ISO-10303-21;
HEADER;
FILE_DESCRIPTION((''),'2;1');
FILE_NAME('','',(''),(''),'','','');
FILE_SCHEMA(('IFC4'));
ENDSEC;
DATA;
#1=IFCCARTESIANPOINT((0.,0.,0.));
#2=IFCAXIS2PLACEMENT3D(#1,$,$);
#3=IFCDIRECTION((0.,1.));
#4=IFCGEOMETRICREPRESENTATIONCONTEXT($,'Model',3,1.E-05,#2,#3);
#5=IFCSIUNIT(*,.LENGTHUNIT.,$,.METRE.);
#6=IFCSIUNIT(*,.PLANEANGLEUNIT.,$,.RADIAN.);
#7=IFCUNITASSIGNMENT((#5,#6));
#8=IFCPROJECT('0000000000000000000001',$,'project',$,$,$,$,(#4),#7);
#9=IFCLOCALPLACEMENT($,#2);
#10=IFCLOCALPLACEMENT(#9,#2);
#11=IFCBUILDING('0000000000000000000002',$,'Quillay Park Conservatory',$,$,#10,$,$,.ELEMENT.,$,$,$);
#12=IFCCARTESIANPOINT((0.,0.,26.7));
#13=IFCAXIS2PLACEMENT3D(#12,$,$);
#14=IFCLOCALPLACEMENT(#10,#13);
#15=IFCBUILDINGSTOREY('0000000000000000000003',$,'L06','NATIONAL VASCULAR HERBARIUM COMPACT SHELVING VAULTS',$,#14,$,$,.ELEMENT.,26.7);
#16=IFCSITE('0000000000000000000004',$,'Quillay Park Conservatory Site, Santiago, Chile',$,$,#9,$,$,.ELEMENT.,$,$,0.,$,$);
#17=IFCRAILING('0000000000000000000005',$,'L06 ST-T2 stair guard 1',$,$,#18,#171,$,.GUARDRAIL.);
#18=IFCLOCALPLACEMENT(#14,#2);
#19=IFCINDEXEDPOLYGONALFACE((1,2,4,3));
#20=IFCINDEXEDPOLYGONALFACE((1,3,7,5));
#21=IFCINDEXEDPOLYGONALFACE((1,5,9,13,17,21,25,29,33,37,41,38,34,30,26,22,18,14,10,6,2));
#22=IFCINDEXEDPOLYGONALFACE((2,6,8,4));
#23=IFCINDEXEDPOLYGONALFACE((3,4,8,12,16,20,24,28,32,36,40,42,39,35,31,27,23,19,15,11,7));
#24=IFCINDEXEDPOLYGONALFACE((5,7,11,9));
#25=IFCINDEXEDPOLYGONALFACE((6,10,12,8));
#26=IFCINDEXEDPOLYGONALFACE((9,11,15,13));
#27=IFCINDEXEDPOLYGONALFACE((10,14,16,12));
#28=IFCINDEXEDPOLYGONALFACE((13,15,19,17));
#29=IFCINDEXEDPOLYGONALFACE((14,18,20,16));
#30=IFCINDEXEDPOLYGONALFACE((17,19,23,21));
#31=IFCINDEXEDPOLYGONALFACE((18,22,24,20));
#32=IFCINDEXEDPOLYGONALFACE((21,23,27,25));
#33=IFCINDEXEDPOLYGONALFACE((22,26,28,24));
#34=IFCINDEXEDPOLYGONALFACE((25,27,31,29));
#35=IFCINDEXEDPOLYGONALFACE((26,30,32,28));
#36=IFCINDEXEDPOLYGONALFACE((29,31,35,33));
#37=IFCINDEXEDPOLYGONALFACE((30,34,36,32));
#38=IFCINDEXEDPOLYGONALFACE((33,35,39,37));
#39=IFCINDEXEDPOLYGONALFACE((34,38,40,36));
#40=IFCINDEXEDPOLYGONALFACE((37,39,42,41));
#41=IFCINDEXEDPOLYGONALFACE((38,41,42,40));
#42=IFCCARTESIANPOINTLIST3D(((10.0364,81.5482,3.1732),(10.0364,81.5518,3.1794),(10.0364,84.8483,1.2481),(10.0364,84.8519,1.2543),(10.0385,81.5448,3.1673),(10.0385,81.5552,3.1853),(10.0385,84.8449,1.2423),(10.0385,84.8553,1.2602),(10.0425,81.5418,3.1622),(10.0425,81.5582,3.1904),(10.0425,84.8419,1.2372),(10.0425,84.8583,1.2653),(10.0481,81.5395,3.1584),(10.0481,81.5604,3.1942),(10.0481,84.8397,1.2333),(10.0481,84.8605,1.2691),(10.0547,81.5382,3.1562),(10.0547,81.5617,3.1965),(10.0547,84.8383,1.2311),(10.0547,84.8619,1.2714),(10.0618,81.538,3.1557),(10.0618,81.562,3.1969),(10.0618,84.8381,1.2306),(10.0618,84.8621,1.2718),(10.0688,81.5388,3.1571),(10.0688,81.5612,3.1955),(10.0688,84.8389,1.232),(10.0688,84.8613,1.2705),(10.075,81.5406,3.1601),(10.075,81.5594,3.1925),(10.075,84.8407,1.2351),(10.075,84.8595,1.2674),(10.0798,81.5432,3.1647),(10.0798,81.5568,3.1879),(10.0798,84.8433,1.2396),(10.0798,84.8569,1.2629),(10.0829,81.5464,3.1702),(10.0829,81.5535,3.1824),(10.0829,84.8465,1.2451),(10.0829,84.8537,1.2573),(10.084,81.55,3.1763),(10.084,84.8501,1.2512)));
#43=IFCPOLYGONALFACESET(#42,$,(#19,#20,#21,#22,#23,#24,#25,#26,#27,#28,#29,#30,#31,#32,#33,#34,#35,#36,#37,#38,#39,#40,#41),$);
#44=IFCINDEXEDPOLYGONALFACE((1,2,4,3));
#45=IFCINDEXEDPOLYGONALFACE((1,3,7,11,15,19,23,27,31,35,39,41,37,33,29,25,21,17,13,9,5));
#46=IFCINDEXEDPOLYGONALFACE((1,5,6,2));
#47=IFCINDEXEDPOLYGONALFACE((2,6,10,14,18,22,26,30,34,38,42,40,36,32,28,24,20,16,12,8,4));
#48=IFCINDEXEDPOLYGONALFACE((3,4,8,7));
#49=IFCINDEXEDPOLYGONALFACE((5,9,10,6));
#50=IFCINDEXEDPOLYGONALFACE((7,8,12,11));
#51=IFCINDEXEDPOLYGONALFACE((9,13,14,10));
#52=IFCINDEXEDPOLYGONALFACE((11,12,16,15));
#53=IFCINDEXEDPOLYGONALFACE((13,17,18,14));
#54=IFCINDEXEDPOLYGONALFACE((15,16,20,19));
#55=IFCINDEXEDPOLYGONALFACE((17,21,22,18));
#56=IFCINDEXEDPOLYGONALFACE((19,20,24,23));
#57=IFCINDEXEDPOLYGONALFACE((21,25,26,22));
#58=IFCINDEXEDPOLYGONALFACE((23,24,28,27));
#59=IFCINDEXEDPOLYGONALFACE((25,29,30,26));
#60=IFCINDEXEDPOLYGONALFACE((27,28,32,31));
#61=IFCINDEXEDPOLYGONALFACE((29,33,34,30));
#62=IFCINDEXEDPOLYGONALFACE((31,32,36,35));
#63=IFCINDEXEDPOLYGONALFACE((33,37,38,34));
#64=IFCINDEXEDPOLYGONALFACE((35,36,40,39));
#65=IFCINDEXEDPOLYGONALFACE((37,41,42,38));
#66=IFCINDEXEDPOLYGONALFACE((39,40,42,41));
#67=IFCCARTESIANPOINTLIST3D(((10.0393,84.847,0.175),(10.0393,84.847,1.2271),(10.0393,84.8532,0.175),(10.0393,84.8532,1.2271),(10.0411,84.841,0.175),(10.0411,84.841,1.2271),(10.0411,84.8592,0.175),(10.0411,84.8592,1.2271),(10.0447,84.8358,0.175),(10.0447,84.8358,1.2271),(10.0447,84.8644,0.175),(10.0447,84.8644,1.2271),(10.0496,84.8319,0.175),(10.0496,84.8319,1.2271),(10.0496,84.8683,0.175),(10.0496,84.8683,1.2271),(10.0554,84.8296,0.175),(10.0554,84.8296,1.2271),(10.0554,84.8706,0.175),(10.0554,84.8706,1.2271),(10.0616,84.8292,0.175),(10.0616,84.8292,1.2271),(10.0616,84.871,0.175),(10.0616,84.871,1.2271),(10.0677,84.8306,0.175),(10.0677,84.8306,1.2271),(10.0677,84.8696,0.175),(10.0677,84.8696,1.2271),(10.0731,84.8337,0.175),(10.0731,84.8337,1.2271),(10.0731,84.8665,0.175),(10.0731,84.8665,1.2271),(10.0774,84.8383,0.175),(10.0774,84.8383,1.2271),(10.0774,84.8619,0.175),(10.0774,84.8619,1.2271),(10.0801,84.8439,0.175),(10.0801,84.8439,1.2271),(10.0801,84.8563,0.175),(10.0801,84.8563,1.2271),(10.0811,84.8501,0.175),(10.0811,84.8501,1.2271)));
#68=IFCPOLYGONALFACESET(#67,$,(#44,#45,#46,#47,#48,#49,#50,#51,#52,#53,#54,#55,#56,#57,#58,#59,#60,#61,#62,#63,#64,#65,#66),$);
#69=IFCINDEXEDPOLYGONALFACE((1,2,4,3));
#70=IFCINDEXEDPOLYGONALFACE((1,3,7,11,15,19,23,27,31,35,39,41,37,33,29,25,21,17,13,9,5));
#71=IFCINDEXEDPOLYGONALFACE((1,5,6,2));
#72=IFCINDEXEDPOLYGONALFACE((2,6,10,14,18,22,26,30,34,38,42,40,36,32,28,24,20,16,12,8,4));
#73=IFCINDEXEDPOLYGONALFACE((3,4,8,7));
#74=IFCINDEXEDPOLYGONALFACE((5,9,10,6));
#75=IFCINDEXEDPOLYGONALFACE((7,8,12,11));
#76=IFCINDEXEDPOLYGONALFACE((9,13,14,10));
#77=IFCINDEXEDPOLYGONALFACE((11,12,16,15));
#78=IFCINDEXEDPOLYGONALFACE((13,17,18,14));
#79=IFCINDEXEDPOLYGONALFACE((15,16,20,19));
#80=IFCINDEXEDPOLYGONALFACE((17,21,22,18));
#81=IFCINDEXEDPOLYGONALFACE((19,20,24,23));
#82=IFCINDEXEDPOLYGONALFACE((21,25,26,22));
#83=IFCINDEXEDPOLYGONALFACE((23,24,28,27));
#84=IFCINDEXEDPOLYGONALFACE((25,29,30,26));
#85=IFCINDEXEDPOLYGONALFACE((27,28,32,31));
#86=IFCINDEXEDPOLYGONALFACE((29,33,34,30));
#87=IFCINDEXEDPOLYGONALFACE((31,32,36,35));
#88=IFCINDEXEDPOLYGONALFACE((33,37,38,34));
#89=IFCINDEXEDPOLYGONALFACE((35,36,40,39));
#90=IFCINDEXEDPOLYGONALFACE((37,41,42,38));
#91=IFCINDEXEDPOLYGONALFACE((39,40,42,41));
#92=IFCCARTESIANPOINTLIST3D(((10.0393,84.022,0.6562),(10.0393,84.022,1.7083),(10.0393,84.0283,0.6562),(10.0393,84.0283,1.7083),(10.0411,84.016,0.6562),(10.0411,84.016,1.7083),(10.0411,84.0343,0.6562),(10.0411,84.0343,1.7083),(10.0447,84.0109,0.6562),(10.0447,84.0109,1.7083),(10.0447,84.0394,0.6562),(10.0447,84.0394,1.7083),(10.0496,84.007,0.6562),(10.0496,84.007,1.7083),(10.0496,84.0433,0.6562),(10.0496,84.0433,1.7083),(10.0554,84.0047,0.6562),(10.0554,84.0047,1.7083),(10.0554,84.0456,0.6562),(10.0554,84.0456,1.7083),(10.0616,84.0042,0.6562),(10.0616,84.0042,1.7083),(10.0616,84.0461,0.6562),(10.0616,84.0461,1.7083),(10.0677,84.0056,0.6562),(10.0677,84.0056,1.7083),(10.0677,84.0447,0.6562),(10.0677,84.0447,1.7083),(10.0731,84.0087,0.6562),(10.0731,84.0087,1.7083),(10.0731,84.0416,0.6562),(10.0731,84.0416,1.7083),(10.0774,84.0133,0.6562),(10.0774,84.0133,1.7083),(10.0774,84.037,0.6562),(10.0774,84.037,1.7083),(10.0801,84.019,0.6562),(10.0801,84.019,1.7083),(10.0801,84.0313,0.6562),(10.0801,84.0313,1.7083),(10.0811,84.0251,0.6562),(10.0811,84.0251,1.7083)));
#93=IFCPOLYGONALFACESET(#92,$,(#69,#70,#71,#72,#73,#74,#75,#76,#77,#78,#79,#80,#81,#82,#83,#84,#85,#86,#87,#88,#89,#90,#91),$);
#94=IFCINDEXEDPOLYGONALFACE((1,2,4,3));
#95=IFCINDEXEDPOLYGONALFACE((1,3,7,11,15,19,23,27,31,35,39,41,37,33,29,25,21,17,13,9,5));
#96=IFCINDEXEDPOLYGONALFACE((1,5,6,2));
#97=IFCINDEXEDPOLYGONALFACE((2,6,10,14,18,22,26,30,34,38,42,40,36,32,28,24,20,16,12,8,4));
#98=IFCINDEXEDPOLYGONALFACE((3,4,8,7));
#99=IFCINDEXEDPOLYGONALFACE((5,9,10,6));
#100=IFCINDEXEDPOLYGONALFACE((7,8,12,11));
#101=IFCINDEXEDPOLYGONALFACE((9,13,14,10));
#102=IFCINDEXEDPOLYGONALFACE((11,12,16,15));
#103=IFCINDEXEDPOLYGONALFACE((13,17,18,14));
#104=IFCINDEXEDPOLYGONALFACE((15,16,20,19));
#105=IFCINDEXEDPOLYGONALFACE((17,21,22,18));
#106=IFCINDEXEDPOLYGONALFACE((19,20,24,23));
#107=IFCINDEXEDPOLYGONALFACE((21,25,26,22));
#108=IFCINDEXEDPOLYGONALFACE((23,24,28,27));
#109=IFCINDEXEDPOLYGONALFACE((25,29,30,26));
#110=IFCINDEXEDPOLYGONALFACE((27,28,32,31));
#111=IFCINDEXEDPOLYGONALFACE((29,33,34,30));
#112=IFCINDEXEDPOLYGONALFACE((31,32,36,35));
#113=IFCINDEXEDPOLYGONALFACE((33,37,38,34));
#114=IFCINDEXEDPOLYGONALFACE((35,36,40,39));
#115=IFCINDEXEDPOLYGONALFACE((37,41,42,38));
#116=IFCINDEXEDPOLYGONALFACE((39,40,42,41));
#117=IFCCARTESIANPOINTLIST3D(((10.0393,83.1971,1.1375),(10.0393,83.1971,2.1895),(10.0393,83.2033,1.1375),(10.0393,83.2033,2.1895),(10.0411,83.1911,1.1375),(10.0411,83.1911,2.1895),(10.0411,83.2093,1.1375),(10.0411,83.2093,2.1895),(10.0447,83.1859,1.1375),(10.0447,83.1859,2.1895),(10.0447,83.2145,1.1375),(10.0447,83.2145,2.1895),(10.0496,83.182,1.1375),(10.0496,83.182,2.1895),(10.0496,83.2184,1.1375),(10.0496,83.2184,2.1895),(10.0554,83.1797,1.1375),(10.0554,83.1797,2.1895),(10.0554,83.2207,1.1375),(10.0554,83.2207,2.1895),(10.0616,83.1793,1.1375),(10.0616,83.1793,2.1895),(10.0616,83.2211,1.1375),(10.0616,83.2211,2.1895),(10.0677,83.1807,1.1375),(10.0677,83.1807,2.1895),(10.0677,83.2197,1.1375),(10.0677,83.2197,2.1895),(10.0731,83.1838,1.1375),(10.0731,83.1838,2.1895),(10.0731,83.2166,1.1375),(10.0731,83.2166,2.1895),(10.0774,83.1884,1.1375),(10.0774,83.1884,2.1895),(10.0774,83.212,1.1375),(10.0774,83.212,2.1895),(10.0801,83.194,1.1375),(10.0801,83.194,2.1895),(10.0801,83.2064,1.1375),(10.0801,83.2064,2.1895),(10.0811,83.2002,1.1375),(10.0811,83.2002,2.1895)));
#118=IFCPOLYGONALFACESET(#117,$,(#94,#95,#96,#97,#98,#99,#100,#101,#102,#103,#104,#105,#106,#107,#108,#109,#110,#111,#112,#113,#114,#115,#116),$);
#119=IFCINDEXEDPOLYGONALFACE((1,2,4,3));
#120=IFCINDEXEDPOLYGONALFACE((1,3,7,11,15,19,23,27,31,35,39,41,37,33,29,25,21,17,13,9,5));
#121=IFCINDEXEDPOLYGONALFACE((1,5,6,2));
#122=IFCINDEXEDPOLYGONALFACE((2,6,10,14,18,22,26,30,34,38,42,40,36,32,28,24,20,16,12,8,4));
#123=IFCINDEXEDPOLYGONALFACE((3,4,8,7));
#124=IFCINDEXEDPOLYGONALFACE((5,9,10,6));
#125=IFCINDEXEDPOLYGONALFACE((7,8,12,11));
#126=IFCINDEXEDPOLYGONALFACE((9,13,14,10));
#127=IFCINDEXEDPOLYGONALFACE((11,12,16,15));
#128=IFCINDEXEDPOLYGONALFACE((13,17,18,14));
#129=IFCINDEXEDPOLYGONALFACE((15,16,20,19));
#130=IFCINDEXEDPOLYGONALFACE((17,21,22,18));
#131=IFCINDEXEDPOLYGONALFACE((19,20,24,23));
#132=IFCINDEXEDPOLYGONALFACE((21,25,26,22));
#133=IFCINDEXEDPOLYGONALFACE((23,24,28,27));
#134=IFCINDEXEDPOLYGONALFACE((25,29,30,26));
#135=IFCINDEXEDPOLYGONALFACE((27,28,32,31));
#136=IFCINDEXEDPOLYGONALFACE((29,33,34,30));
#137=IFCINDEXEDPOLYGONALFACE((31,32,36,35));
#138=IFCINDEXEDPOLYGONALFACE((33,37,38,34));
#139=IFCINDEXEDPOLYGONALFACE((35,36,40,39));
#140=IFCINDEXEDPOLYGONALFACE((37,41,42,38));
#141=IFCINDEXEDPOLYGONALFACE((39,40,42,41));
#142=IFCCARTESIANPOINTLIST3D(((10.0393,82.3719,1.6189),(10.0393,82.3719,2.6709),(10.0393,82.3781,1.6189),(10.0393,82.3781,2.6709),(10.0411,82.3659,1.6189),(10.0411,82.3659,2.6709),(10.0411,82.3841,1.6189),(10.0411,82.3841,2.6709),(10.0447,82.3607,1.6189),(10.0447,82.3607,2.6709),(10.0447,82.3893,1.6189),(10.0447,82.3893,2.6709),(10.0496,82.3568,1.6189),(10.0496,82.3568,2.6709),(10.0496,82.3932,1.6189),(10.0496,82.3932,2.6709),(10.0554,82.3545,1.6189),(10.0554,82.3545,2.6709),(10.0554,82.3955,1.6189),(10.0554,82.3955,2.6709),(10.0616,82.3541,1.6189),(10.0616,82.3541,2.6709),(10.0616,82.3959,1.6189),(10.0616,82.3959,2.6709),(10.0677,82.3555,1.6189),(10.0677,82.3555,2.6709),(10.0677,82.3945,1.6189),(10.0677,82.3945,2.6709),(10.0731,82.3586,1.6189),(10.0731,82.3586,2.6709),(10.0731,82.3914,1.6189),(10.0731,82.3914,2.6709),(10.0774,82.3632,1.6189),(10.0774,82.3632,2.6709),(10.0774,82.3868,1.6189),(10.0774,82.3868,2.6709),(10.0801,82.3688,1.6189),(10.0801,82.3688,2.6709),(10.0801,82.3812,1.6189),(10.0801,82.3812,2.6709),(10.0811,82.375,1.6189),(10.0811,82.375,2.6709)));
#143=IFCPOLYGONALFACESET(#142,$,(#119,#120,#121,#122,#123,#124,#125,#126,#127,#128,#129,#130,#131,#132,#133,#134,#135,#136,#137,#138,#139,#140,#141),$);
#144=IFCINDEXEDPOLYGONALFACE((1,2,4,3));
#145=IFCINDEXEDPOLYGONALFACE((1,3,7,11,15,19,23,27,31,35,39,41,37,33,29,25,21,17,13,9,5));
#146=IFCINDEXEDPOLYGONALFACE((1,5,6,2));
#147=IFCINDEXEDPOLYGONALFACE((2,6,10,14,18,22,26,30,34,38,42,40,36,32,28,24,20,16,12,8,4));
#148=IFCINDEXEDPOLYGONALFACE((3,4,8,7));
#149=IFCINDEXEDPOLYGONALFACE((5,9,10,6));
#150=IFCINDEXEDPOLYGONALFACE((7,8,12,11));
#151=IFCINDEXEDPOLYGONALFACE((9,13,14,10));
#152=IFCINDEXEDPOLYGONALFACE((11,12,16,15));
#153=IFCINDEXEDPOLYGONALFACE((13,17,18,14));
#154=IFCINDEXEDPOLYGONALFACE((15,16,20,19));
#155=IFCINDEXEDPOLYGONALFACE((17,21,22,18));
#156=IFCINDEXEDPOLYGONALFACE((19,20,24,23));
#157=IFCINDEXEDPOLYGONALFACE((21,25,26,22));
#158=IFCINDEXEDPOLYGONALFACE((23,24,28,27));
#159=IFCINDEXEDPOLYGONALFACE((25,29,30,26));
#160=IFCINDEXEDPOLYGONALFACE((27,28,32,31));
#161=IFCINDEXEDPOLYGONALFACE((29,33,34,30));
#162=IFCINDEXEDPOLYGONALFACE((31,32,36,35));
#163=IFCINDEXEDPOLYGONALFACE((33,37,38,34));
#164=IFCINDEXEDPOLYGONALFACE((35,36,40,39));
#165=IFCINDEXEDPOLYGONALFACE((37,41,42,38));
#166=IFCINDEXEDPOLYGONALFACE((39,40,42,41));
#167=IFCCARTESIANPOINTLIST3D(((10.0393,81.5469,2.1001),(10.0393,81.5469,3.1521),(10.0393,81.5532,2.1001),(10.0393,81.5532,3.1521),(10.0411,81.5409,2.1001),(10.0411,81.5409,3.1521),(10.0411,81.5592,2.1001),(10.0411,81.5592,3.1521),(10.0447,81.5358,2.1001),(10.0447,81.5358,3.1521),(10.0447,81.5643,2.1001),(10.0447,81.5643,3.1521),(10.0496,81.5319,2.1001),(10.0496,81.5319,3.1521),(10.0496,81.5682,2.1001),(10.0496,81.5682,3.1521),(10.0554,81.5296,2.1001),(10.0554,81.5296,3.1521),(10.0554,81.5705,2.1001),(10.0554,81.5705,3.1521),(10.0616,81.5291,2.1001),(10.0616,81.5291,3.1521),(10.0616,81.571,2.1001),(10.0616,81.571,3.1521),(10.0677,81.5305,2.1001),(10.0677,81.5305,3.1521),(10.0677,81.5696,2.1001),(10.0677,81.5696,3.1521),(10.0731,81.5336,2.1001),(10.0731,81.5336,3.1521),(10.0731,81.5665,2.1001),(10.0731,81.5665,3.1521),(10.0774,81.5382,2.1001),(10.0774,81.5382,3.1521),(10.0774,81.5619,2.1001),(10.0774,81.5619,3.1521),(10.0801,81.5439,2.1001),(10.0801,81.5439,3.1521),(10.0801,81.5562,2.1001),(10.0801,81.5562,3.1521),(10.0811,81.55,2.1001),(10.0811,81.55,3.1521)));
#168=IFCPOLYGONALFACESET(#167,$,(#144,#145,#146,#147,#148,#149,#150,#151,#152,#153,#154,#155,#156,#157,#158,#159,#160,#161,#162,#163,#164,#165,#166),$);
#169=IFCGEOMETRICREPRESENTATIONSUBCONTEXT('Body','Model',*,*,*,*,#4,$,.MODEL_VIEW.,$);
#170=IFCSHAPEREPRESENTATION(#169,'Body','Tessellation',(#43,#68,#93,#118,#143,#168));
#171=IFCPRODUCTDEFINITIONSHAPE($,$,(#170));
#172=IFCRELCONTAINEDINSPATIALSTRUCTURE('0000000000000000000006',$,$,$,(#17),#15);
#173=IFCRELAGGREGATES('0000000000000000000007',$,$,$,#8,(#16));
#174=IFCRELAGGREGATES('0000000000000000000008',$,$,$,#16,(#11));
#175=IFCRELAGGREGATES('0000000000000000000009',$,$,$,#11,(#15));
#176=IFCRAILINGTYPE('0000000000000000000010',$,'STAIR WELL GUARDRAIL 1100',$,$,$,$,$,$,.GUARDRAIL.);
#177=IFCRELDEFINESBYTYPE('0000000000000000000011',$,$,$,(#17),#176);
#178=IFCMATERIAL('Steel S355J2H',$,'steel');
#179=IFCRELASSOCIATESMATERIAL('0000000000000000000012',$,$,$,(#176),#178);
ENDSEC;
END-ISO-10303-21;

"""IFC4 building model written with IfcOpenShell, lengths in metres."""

from ifc_helpers import new_model, si_unit, direction, frame, origin, origin_2d, place, context, subcontext, project, spatial, circle, extrude, material, type_object, element, save


model = new_model("IFC4")

# Units and contexts
model_context = context("Model", 3, precision=1e-05, world=origin(), true_north=direction((0.0, 1.0)))
body_context = subcontext(model_context, "Body", "Model", "MODEL_VIEW")
ifc_project = project(units=[si_unit("LENGTHUNIT", "METRE"), si_unit("PLANEANGLEUNIT", "RADIAN")], contexts=[model_context])

# Site, building, storey
site_placement = place(None, origin())
site = spatial("IfcSite", under=ifc_project, at=site_placement, Name="Quillay Park Conservatory Site, Santiago, Chile", CompositionType="ELEMENT", RefElevation=0.0)
building_placement = place(site_placement, origin())
building = spatial("IfcBuilding", under=site, at=building_placement, Name="Quillay Park Conservatory", CompositionType="ELEMENT")
storey_placement = place(building_placement, frame((0.0, 0.0, 26.7)))
storey = spatial("IfcBuildingStorey", under=building, at=storey_placement, Name="L06", Description="NATIONAL VASCULAR HERBARIUM COMPACT SHELVING VAULTS", CompositionType="ELEMENT", Elevation=26.7)

# Railing
ifc_material_1 = material(Name="Steel S355J2H", Category="steel")
railing_type_1 = type_object("IfcRailingType", Name="STAIR WELL GUARDRAIL 1100", PredefinedType="GUARDRAIL", material=ifc_material_1)
railing_1_placement = place(storey_placement, frame((10.0601, 84.8501, 0.175)))
element("IfcRailing", 1, at=railing_1_placement, inside=storey, type_object=railing_type_1, Name="L06 ST-T2 stair guard 1", PredefinedType="GUARDRAIL", context=body_context, shape_type="SweptSolid", body=[
    extrude(circle(Radius=0.0239, at=origin_2d()), frame((0.0, 0.0, 1.0762), z_axis=(0.0, -0.863777, 0.503875), x_axis=(1.0, 0.0, 0.0)), (0.0, 0.0, 1.0), 3.8206),
    extrude(circle(Radius=0.021, at=origin_2d()), origin(), (0.0, 0.0, 1.0), 1.052),
    extrude(circle(Radius=0.021, at=origin_2d()), frame((0.0, -0.825, 0.4812)), (0.0, 0.0, 1.0), 1.052),
    extrude(circle(Radius=0.021, at=origin_2d()), frame((0.0, -1.6499, 0.9624)), (0.0, 0.0, 1.0), 1.052),
    extrude(circle(Radius=0.021, at=origin_2d()), frame((0.0, -2.4751, 1.4438)), (0.0, 0.0, 1.0), 1.052),
    extrude(circle(Radius=0.021, at=origin_2d()), frame((0.0, -3.3, 1.925)), (0.0, 0.0, 1.0), 1.052),
])

save(model, "model.ifc")
